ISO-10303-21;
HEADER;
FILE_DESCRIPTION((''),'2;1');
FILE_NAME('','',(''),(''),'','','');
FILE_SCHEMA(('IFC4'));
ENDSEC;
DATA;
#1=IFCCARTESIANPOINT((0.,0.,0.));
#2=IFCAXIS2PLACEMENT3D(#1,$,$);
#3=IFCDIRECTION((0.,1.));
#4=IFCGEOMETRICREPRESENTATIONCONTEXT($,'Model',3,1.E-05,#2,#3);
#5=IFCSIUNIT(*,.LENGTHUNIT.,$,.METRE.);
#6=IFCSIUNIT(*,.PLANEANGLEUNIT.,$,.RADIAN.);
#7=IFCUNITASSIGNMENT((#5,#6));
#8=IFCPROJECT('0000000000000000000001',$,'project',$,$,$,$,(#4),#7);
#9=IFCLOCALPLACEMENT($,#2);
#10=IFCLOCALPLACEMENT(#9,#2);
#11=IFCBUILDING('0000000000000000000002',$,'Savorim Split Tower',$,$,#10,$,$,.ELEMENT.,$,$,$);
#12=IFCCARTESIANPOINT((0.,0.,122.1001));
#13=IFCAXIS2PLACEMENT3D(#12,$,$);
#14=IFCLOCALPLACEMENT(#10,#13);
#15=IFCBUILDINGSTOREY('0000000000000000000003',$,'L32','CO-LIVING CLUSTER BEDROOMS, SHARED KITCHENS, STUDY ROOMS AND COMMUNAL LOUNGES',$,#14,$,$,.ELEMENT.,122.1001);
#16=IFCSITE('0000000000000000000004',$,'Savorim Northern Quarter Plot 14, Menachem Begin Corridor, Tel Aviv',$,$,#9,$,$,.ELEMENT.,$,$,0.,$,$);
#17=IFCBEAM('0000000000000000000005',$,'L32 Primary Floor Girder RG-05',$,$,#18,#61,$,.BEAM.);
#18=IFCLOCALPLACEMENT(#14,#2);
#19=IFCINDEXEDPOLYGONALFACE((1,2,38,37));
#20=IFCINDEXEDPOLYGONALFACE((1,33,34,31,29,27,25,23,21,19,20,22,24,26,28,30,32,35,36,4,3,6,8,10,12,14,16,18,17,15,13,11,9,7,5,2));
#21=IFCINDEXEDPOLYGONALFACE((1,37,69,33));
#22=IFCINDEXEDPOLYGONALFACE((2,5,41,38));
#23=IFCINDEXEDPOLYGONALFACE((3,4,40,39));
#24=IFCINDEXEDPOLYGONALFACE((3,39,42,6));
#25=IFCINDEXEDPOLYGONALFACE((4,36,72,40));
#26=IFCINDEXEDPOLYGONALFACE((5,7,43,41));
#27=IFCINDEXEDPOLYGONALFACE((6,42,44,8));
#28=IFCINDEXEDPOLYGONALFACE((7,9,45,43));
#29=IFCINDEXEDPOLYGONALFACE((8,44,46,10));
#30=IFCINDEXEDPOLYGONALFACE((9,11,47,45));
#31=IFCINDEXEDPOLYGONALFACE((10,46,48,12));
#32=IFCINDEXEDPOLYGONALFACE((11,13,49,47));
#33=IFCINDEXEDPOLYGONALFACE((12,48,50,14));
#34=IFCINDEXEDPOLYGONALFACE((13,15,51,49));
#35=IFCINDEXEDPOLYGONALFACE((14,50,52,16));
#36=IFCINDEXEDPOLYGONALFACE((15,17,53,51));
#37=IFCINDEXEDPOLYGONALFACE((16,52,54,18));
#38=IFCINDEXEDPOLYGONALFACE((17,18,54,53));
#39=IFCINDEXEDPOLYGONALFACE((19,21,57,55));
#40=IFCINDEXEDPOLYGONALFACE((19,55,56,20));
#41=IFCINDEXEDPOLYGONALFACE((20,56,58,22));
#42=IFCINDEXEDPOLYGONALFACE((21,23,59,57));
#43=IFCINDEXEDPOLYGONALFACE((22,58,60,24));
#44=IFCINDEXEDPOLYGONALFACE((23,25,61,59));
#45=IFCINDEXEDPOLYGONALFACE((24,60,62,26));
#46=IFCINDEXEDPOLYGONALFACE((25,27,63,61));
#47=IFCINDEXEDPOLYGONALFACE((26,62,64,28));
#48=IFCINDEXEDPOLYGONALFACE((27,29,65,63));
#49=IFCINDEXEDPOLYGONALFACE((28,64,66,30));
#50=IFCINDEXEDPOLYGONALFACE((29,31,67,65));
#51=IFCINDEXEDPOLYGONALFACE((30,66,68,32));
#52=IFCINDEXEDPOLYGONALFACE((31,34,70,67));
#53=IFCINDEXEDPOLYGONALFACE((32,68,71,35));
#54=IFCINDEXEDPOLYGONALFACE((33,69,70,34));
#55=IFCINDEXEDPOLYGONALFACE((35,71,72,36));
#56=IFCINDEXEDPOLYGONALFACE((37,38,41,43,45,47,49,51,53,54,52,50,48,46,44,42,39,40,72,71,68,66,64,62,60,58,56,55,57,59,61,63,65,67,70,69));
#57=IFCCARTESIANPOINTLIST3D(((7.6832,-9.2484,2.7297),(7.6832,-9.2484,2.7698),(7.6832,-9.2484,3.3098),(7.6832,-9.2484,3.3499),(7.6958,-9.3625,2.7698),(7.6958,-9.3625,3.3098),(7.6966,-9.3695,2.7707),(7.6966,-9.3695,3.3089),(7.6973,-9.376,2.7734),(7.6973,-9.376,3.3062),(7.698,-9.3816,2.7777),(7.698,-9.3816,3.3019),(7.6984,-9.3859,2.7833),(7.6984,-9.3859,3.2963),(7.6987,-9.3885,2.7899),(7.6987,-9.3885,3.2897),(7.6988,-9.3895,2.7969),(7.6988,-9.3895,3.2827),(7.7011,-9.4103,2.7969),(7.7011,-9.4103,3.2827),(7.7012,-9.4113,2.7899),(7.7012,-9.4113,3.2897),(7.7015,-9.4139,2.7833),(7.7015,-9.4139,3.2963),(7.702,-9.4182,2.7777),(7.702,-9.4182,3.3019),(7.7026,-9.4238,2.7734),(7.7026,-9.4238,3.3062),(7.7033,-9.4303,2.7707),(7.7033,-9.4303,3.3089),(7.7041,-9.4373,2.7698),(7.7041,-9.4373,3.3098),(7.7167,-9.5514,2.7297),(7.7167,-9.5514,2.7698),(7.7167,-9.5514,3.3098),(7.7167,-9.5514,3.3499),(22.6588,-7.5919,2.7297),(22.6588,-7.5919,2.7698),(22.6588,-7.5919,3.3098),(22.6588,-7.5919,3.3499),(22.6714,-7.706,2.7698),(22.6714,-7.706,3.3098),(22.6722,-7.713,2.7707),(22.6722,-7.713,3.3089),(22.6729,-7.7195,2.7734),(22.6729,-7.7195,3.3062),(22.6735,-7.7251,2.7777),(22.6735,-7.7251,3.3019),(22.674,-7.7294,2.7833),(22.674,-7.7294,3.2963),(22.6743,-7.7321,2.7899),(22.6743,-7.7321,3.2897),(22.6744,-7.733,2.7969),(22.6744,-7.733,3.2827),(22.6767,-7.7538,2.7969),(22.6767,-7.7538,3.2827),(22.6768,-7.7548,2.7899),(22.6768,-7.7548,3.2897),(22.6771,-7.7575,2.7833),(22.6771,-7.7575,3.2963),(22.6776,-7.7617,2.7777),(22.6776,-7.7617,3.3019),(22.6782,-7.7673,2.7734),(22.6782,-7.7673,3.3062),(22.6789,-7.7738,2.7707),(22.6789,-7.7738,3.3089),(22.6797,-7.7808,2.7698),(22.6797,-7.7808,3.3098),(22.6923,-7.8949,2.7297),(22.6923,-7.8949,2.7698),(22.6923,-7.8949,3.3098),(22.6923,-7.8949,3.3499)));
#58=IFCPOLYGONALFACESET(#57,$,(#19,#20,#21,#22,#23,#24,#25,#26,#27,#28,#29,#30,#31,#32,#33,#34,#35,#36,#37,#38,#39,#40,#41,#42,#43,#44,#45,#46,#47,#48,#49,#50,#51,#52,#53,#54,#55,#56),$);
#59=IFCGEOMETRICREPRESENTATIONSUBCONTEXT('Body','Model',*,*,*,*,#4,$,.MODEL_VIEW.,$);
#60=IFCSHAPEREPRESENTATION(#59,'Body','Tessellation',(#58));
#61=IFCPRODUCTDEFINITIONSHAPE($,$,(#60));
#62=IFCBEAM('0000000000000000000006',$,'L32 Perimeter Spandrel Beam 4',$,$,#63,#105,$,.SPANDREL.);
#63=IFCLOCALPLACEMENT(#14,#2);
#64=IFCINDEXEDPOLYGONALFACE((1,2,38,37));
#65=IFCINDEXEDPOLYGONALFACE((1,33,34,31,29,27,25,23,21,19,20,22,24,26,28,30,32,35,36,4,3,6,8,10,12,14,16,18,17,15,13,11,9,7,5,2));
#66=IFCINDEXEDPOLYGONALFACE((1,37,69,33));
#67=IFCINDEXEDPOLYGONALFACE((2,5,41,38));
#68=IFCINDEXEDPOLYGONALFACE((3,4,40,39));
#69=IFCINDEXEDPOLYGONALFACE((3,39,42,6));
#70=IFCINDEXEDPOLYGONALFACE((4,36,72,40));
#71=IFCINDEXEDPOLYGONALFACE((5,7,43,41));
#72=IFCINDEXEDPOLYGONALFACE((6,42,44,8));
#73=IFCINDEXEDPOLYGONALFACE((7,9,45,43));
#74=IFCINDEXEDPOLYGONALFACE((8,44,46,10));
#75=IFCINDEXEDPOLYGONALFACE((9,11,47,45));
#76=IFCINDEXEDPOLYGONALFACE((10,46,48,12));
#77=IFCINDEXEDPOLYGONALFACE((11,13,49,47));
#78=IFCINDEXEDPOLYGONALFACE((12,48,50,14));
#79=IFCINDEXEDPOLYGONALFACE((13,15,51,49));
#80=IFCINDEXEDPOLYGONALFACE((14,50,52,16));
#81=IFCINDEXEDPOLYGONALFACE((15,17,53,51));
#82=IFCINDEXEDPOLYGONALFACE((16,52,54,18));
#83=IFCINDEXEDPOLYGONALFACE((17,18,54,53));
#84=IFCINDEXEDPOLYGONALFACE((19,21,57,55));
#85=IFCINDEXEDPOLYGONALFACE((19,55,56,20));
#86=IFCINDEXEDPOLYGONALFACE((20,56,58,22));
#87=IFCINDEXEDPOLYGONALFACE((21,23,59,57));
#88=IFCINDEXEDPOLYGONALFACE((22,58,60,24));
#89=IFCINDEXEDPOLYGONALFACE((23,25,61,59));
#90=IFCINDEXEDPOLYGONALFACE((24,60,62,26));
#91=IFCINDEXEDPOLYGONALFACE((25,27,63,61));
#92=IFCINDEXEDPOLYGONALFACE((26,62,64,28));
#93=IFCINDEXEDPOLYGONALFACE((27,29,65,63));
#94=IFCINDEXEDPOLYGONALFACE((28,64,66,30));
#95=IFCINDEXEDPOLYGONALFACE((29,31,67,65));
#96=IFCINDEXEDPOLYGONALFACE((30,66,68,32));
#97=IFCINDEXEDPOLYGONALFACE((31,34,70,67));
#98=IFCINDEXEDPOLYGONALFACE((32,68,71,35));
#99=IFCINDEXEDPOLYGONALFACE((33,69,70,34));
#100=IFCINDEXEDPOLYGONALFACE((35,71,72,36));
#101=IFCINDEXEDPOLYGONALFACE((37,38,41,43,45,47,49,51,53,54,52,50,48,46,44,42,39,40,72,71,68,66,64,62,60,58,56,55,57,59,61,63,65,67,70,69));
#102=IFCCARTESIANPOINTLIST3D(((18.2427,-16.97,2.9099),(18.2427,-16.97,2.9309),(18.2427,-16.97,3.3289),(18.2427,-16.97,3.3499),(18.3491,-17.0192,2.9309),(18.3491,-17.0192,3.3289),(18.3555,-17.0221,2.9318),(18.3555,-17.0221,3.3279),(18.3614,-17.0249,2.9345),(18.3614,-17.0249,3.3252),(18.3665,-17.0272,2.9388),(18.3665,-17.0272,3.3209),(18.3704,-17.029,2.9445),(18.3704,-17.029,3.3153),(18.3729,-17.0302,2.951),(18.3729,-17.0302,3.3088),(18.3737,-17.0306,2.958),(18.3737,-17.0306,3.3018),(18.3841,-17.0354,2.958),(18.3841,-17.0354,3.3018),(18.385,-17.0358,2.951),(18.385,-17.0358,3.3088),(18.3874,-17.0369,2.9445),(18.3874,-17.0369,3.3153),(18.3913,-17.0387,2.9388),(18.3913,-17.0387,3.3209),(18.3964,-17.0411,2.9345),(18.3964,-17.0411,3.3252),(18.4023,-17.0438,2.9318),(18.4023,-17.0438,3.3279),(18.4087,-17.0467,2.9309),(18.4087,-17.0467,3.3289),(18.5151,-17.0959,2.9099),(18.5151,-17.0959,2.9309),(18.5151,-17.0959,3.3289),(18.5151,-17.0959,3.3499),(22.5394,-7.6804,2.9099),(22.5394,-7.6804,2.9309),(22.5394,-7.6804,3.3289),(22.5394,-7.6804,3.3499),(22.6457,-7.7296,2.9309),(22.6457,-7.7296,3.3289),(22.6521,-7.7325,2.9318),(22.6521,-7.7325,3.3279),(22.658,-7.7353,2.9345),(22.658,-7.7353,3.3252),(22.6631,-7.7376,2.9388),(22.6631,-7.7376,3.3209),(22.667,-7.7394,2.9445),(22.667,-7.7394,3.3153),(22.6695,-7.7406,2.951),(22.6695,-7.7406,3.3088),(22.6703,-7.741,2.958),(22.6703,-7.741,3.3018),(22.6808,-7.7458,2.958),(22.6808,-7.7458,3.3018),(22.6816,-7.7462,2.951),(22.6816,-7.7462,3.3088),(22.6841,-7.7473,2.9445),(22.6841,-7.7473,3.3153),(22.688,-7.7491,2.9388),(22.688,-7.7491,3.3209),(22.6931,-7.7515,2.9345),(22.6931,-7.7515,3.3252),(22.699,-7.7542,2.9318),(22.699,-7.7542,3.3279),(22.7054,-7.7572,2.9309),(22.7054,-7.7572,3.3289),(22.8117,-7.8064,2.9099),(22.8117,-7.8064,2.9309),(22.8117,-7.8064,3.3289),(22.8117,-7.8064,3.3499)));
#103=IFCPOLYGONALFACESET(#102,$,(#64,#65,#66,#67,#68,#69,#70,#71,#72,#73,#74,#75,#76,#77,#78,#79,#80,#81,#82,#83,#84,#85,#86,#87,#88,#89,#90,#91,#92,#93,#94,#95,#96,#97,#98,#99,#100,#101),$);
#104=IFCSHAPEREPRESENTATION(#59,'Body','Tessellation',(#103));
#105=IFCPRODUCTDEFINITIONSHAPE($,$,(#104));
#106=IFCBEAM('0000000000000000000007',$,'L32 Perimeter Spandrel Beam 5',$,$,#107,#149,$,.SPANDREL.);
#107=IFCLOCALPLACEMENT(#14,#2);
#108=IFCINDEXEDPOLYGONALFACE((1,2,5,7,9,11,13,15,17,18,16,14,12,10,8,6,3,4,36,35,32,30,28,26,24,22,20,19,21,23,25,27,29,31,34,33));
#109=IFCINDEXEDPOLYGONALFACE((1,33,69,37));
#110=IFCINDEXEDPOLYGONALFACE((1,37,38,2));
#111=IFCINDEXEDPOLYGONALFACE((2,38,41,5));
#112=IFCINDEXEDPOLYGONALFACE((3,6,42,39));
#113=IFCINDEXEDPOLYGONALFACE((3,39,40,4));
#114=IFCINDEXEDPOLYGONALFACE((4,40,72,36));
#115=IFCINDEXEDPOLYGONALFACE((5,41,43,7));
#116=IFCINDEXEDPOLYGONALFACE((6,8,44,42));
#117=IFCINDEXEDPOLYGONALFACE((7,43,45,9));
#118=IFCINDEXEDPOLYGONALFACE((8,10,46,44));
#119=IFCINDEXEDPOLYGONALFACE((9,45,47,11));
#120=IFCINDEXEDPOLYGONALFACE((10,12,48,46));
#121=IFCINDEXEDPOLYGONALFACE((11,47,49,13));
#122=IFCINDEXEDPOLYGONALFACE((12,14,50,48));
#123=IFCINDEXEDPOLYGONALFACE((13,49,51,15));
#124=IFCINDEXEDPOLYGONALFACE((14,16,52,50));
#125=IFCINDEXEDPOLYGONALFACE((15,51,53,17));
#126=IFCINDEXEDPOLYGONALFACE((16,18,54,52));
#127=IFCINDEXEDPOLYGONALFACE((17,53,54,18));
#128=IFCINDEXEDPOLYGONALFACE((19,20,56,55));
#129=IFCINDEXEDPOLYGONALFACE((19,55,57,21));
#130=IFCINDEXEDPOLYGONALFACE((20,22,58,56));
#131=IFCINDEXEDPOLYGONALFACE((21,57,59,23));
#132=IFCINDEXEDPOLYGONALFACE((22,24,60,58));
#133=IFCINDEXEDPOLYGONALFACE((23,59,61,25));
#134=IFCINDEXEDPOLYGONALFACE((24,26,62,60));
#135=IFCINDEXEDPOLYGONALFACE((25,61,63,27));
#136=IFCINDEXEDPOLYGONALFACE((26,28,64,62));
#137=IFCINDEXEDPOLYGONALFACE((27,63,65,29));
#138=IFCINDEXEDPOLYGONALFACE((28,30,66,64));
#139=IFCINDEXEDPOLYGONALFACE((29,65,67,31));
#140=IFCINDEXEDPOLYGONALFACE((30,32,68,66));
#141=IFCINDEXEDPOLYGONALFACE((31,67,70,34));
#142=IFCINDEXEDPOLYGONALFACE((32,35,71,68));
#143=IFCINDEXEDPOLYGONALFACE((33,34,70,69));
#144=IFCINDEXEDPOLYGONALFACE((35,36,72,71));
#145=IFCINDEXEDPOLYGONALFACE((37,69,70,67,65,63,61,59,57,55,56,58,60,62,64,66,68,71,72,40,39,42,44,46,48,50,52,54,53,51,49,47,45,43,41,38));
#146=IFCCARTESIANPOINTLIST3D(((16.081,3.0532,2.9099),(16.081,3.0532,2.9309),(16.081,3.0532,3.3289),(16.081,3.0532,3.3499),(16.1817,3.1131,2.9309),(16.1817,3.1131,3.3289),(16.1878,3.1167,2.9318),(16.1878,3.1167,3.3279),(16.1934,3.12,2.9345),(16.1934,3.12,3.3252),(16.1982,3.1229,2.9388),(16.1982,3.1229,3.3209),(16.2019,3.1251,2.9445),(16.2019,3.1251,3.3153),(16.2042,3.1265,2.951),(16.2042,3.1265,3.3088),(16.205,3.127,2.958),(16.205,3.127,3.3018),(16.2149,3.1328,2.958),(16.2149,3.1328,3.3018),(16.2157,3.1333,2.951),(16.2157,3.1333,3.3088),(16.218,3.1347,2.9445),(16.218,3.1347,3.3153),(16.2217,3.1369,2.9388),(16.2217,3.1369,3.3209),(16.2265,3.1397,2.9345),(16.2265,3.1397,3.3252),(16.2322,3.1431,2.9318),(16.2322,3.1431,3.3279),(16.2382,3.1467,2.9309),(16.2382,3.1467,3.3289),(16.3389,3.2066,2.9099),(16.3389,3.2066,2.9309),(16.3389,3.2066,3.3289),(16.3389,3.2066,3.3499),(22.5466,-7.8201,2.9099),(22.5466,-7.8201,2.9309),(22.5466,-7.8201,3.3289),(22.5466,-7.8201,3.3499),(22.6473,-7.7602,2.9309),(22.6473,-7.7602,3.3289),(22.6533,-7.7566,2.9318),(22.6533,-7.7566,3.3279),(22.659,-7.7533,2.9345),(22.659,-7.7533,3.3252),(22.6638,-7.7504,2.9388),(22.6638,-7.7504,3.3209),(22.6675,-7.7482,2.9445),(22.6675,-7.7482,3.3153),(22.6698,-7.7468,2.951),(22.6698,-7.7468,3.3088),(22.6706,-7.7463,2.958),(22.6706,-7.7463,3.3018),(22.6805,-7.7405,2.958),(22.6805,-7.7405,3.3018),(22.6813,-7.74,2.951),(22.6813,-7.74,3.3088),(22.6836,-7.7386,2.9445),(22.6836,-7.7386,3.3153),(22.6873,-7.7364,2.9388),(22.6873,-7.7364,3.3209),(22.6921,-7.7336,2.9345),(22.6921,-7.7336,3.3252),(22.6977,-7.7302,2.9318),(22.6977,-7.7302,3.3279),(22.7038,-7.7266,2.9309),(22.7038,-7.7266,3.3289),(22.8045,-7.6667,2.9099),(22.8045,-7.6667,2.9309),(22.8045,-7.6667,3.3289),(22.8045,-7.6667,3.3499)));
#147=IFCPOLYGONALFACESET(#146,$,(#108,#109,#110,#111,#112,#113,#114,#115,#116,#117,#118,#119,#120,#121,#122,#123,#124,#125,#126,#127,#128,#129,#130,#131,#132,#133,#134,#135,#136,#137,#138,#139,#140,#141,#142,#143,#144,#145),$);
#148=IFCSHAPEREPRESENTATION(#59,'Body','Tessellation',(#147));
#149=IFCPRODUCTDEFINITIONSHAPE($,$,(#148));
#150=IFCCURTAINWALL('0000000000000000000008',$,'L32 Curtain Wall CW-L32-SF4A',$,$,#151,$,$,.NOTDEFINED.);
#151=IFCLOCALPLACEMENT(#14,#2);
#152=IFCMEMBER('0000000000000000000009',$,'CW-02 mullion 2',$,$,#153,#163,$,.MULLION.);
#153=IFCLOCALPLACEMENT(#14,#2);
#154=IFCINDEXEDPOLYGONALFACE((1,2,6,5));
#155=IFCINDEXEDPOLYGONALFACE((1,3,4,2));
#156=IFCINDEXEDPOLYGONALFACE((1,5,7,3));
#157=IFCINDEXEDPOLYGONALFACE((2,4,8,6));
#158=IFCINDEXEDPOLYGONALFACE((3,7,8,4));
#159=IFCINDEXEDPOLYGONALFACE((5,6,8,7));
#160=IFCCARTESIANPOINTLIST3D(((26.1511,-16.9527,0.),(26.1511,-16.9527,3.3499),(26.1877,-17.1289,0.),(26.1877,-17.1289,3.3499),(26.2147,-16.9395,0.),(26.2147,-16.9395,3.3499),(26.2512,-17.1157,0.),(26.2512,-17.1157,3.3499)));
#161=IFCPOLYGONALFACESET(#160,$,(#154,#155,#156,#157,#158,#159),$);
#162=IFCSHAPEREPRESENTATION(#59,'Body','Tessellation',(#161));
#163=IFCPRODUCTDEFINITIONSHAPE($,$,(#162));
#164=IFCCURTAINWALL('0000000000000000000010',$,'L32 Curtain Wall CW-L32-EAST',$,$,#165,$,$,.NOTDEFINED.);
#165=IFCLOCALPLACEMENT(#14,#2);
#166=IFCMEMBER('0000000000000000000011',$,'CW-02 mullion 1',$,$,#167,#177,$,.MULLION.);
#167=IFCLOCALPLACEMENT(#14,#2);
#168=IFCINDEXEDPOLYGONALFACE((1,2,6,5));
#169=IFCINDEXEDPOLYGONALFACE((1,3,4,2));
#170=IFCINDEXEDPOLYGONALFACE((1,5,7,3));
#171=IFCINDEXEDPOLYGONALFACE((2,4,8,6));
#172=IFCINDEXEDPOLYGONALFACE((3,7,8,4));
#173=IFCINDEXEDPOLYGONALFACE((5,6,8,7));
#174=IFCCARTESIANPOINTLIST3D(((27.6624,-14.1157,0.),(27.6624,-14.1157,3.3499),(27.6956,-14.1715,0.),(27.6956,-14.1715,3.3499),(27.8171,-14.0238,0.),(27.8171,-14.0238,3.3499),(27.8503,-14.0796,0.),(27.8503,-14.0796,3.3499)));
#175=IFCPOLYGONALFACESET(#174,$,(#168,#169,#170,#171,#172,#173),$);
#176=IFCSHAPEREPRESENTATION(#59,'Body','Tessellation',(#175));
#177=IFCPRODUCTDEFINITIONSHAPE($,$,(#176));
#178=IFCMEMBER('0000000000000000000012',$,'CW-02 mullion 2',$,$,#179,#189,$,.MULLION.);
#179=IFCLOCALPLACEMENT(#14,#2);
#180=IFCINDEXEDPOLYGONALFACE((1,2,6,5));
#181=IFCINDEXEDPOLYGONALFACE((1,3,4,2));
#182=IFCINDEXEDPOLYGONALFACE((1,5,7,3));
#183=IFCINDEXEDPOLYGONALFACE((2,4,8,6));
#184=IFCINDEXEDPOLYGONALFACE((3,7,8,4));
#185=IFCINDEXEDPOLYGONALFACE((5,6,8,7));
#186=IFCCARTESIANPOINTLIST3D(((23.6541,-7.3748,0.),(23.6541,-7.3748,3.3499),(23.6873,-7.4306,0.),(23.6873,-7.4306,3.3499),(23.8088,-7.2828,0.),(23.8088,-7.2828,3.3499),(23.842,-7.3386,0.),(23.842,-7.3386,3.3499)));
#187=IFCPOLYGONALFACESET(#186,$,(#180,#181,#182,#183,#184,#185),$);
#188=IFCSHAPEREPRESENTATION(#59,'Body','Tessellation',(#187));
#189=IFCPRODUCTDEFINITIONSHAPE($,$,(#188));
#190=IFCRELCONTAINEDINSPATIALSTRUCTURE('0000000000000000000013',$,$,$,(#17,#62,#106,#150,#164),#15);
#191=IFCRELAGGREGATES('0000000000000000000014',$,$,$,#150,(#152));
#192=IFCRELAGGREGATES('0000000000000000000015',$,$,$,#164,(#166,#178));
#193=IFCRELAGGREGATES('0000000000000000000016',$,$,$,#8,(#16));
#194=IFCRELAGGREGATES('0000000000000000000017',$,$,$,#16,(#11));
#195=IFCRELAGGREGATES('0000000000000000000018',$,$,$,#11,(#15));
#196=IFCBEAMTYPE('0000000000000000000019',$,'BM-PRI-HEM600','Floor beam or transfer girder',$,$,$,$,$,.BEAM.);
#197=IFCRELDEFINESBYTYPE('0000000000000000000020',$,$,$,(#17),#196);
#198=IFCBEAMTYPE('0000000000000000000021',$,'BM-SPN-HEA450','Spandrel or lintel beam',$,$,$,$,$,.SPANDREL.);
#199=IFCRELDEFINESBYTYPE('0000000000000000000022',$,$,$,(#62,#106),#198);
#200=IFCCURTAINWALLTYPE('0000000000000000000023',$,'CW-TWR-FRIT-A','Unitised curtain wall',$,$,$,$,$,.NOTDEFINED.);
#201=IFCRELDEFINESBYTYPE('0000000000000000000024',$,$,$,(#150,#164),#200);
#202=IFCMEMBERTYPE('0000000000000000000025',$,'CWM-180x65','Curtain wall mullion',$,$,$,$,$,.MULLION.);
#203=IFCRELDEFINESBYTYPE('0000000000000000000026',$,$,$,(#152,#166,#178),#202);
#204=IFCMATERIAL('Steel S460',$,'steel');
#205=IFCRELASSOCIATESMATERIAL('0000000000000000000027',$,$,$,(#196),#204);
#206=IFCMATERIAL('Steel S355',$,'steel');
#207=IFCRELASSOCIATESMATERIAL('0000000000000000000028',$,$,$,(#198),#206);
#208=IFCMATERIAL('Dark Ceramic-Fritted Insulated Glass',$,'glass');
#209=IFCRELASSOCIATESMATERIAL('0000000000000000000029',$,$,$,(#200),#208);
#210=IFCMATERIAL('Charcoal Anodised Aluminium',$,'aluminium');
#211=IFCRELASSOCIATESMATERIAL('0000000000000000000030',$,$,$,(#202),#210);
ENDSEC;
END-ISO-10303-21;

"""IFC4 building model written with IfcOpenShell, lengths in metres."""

from ifc_helpers import new_model, si_unit, direction, frame, origin, origin_2d, place, context, subcontext, project, spatial, rectangle, i_section, extrude, material, material_profile, profile_set, type_object, element, aggregate, save


model = new_model("IFC4")

# Units and contexts
model_context = context("Model", 3, precision=1e-05, world=origin(), true_north=direction((0.0, 1.0)))
body_context = subcontext(model_context, "Body", "Model", "MODEL_VIEW")
ifc_project = project(units=[si_unit("LENGTHUNIT", "METRE"), si_unit("PLANEANGLEUNIT", "RADIAN")], contexts=[model_context])

# Site, building, storey
site_placement = place(None, origin())
site = spatial("IfcSite", under=ifc_project, at=site_placement, Name="Savorim Northern Quarter Plot 14, Menachem Begin Corridor, Tel Aviv", CompositionType="ELEMENT", RefElevation=0.0)
building_placement = place(site_placement, origin())
building = spatial("IfcBuilding", under=site, at=building_placement, Name="Savorim Split Tower", CompositionType="ELEMENT")
storey_placement = place(building_placement, frame((0.0, 0.0, 122.1001)))
storey = spatial("IfcBuildingStorey", under=building, at=storey_placement, Name="L32", Description="CO-LIVING CLUSTER BEDROOMS, SHARED KITCHENS, STUDY ROOMS AND COMMUNAL LOUNGES", CompositionType="ELEMENT", Elevation=122.1001)

# Shared definitions
ifc_material_1 = material(Name="Steel S460", Category="steel")

# Beams
ifc_material_2 = material(Name="Steel S355", Category="steel")
ifc_material_profile_1 = material_profile(ifc_material_1, i_section(OverallWidth=0.3049, OverallDepth=0.6201, WebThickness=0.021, FlangeThickness=0.04, FilletRadius=0.0271, at=origin_2d()), Name="HE 600 M")
ifc_profile_set_1 = profile_set([ifc_material_profile_1], Name="Steel S460")
beam_type_1 = type_object("IfcBeamType", Name="BM-PRI-HEM600", Description="Floor beam or transfer girder", PredefinedType="BEAM", material=ifc_profile_set_1)
beam_1_placement = place(storey_placement, frame((22.6755, -7.7434, 3.0398), z_axis=(-0.993938, -0.109942, 0.0), x_axis=(0.109942, -0.993938, 0.0)))
element("IfcBeam", 1, at=beam_1_placement, inside=storey, type_object=beam_type_1, Name="L32 Primary Floor Girder RG-05", PredefinedType="BEAM", context=body_context, shape_type="SweptSolid", body=[
    extrude(i_section(OverallWidth=0.3049, OverallDepth=0.6201, WebThickness=0.021, FlangeThickness=0.04, FilletRadius=0.0271, at=origin_2d()), origin(), (0.0, 0.0, 1.0), 15.0669),
])
ifc_material_profile_2 = material_profile(ifc_material_2, i_section(OverallWidth=0.3, OverallDepth=0.4399, WebThickness=0.0115, FlangeThickness=0.021, FilletRadius=0.0271, at=origin_2d()), Name="HEA 450")
ifc_profile_set_2 = profile_set([ifc_material_profile_2], Name="Steel S355")
beam_type_2 = type_object("IfcBeamType", Name="BM-SPN-HEA450", Description="Spandrel or lintel beam", PredefinedType="SPANDREL", material=ifc_profile_set_2)
beam_2_placement = place(storey_placement, frame((18.3789, -17.033, 3.1299), z_axis=(0.419795, 0.907619, 0.0), x_axis=(-0.907619, 0.419795, 0.0)))
element("IfcBeam", 2, at=beam_2_placement, inside=storey, type_object=beam_type_2, Name="L32 Perimeter Spandrel Beam 4", PredefinedType="SPANDREL", context=body_context, shape_type="SweptSolid", body=[
    extrude(i_section(OverallWidth=0.3, OverallDepth=0.4399, WebThickness=0.0115, FlangeThickness=0.021, FilletRadius=0.0271, at=origin_2d()), origin(), (0.0, 0.0, 1.0), 10.2351),
])
beam_3_placement = place(storey_placement, frame((22.6755, -7.7434, 3.1299), z_axis=(-0.511097, 0.859523, 0.0), x_axis=(-0.859523, -0.511097, 0.0)))
element("IfcBeam", 3, at=beam_3_placement, inside=storey, type_object=beam_type_2, Name="L32 Perimeter Spandrel Beam 5", PredefinedType="SPANDREL", context=body_context, shape_type="SweptSolid", body=[
    extrude(i_section(OverallWidth=0.3, OverallDepth=0.4399, WebThickness=0.0115, FlangeThickness=0.021, FilletRadius=0.0271, at=origin_2d()), origin(), (0.0, 0.0, 1.0), 12.6504),
])

# Curtain wall, member
ifc_material_3 = material(Name="Dark Ceramic-Fritted Insulated Glass", Category="glass")
curtain_wall_type = type_object("IfcCurtainWallType", Name="CW-TWR-FRIT-A", Description="Unitised curtain wall", PredefinedType="NOTDEFINED", material=ifc_material_3)
curtain_wall_1_placement = place(storey_placement, origin())
curtain_wall_1 = element("IfcCurtainWall", 4, at=curtain_wall_1_placement, inside=storey, type_object=curtain_wall_type, Name="L32 Curtain Wall CW-L32-SF4A", PredefinedType="NOTDEFINED")
ifc_material_4 = material(Name="Charcoal Anodised Aluminium", Category="aluminium")
ifc_material_profile_3 = material_profile(ifc_material_4, rectangle(XDim=0.1799, YDim=0.0649, at=origin_2d()), Name="ALU-M 180x65")
ifc_profile_set_3 = profile_set([ifc_material_profile_3], Name="Charcoal Anodised Aluminium")
member_type_1 = type_object("IfcMemberType", Name="CWM-180x65", Description="Curtain wall mullion", PredefinedType="MULLION", material=ifc_profile_set_3)
member_1_placement = place(storey_placement, frame((26.2012, -17.0342, 0.0), z_axis=(0.0, 0.0, 1.0), x_axis=(-0.20321, 0.979135, 0.0)))
member_1 = element("IfcMember", 5, at=member_1_placement, type_object=member_type_1, Name="CW-02 mullion 2", PredefinedType="MULLION", context=body_context, shape_type="SweptSolid", body=[
    extrude(rectangle(XDim=0.1799, YDim=0.0649, at=origin_2d()), origin(), (0.0, 0.0, 1.0), 3.3499),
])
aggregate(curtain_wall_1, [member_1])

# Curtain wall, members
curtain_wall_2_placement = place(storey_placement, origin())
curtain_wall_2 = element("IfcCurtainWall", 6, at=curtain_wall_2_placement, inside=storey, type_object=curtain_wall_type, Name="L32 Curtain Wall CW-L32-EAST", PredefinedType="NOTDEFINED")
member_2_placement = place(storey_placement, frame((27.7563, -14.0977, 0.0), z_axis=(0.0, 0.0, 1.0), x_axis=(-0.859525, -0.511093, 0.0)))
member_2 = element("IfcMember", 7, at=member_2_placement, type_object=member_type_1, Name="CW-02 mullion 1", PredefinedType="MULLION", context=body_context, shape_type="SweptSolid", body=[
    extrude(rectangle(XDim=0.1799, YDim=0.0649, at=origin_2d()), origin(), (0.0, 0.0, 1.0), 3.3499),
])
member_3_placement = place(storey_placement, frame((23.748, -7.3567, 0.0), z_axis=(0.0, 0.0, 1.0), x_axis=(-0.859525, -0.511093, 0.0)))
member_3 = element("IfcMember", 8, at=member_3_placement, type_object=member_type_1, Name="CW-02 mullion 2", PredefinedType="MULLION", context=body_context, shape_type="SweptSolid", body=[
    extrude(rectangle(XDim=0.1799, YDim=0.0649, at=origin_2d()), origin(), (0.0, 0.0, 1.0), 3.3499),
])

aggregate(curtain_wall_2, [member_2, member_3])

save(model, "model.ifc")
